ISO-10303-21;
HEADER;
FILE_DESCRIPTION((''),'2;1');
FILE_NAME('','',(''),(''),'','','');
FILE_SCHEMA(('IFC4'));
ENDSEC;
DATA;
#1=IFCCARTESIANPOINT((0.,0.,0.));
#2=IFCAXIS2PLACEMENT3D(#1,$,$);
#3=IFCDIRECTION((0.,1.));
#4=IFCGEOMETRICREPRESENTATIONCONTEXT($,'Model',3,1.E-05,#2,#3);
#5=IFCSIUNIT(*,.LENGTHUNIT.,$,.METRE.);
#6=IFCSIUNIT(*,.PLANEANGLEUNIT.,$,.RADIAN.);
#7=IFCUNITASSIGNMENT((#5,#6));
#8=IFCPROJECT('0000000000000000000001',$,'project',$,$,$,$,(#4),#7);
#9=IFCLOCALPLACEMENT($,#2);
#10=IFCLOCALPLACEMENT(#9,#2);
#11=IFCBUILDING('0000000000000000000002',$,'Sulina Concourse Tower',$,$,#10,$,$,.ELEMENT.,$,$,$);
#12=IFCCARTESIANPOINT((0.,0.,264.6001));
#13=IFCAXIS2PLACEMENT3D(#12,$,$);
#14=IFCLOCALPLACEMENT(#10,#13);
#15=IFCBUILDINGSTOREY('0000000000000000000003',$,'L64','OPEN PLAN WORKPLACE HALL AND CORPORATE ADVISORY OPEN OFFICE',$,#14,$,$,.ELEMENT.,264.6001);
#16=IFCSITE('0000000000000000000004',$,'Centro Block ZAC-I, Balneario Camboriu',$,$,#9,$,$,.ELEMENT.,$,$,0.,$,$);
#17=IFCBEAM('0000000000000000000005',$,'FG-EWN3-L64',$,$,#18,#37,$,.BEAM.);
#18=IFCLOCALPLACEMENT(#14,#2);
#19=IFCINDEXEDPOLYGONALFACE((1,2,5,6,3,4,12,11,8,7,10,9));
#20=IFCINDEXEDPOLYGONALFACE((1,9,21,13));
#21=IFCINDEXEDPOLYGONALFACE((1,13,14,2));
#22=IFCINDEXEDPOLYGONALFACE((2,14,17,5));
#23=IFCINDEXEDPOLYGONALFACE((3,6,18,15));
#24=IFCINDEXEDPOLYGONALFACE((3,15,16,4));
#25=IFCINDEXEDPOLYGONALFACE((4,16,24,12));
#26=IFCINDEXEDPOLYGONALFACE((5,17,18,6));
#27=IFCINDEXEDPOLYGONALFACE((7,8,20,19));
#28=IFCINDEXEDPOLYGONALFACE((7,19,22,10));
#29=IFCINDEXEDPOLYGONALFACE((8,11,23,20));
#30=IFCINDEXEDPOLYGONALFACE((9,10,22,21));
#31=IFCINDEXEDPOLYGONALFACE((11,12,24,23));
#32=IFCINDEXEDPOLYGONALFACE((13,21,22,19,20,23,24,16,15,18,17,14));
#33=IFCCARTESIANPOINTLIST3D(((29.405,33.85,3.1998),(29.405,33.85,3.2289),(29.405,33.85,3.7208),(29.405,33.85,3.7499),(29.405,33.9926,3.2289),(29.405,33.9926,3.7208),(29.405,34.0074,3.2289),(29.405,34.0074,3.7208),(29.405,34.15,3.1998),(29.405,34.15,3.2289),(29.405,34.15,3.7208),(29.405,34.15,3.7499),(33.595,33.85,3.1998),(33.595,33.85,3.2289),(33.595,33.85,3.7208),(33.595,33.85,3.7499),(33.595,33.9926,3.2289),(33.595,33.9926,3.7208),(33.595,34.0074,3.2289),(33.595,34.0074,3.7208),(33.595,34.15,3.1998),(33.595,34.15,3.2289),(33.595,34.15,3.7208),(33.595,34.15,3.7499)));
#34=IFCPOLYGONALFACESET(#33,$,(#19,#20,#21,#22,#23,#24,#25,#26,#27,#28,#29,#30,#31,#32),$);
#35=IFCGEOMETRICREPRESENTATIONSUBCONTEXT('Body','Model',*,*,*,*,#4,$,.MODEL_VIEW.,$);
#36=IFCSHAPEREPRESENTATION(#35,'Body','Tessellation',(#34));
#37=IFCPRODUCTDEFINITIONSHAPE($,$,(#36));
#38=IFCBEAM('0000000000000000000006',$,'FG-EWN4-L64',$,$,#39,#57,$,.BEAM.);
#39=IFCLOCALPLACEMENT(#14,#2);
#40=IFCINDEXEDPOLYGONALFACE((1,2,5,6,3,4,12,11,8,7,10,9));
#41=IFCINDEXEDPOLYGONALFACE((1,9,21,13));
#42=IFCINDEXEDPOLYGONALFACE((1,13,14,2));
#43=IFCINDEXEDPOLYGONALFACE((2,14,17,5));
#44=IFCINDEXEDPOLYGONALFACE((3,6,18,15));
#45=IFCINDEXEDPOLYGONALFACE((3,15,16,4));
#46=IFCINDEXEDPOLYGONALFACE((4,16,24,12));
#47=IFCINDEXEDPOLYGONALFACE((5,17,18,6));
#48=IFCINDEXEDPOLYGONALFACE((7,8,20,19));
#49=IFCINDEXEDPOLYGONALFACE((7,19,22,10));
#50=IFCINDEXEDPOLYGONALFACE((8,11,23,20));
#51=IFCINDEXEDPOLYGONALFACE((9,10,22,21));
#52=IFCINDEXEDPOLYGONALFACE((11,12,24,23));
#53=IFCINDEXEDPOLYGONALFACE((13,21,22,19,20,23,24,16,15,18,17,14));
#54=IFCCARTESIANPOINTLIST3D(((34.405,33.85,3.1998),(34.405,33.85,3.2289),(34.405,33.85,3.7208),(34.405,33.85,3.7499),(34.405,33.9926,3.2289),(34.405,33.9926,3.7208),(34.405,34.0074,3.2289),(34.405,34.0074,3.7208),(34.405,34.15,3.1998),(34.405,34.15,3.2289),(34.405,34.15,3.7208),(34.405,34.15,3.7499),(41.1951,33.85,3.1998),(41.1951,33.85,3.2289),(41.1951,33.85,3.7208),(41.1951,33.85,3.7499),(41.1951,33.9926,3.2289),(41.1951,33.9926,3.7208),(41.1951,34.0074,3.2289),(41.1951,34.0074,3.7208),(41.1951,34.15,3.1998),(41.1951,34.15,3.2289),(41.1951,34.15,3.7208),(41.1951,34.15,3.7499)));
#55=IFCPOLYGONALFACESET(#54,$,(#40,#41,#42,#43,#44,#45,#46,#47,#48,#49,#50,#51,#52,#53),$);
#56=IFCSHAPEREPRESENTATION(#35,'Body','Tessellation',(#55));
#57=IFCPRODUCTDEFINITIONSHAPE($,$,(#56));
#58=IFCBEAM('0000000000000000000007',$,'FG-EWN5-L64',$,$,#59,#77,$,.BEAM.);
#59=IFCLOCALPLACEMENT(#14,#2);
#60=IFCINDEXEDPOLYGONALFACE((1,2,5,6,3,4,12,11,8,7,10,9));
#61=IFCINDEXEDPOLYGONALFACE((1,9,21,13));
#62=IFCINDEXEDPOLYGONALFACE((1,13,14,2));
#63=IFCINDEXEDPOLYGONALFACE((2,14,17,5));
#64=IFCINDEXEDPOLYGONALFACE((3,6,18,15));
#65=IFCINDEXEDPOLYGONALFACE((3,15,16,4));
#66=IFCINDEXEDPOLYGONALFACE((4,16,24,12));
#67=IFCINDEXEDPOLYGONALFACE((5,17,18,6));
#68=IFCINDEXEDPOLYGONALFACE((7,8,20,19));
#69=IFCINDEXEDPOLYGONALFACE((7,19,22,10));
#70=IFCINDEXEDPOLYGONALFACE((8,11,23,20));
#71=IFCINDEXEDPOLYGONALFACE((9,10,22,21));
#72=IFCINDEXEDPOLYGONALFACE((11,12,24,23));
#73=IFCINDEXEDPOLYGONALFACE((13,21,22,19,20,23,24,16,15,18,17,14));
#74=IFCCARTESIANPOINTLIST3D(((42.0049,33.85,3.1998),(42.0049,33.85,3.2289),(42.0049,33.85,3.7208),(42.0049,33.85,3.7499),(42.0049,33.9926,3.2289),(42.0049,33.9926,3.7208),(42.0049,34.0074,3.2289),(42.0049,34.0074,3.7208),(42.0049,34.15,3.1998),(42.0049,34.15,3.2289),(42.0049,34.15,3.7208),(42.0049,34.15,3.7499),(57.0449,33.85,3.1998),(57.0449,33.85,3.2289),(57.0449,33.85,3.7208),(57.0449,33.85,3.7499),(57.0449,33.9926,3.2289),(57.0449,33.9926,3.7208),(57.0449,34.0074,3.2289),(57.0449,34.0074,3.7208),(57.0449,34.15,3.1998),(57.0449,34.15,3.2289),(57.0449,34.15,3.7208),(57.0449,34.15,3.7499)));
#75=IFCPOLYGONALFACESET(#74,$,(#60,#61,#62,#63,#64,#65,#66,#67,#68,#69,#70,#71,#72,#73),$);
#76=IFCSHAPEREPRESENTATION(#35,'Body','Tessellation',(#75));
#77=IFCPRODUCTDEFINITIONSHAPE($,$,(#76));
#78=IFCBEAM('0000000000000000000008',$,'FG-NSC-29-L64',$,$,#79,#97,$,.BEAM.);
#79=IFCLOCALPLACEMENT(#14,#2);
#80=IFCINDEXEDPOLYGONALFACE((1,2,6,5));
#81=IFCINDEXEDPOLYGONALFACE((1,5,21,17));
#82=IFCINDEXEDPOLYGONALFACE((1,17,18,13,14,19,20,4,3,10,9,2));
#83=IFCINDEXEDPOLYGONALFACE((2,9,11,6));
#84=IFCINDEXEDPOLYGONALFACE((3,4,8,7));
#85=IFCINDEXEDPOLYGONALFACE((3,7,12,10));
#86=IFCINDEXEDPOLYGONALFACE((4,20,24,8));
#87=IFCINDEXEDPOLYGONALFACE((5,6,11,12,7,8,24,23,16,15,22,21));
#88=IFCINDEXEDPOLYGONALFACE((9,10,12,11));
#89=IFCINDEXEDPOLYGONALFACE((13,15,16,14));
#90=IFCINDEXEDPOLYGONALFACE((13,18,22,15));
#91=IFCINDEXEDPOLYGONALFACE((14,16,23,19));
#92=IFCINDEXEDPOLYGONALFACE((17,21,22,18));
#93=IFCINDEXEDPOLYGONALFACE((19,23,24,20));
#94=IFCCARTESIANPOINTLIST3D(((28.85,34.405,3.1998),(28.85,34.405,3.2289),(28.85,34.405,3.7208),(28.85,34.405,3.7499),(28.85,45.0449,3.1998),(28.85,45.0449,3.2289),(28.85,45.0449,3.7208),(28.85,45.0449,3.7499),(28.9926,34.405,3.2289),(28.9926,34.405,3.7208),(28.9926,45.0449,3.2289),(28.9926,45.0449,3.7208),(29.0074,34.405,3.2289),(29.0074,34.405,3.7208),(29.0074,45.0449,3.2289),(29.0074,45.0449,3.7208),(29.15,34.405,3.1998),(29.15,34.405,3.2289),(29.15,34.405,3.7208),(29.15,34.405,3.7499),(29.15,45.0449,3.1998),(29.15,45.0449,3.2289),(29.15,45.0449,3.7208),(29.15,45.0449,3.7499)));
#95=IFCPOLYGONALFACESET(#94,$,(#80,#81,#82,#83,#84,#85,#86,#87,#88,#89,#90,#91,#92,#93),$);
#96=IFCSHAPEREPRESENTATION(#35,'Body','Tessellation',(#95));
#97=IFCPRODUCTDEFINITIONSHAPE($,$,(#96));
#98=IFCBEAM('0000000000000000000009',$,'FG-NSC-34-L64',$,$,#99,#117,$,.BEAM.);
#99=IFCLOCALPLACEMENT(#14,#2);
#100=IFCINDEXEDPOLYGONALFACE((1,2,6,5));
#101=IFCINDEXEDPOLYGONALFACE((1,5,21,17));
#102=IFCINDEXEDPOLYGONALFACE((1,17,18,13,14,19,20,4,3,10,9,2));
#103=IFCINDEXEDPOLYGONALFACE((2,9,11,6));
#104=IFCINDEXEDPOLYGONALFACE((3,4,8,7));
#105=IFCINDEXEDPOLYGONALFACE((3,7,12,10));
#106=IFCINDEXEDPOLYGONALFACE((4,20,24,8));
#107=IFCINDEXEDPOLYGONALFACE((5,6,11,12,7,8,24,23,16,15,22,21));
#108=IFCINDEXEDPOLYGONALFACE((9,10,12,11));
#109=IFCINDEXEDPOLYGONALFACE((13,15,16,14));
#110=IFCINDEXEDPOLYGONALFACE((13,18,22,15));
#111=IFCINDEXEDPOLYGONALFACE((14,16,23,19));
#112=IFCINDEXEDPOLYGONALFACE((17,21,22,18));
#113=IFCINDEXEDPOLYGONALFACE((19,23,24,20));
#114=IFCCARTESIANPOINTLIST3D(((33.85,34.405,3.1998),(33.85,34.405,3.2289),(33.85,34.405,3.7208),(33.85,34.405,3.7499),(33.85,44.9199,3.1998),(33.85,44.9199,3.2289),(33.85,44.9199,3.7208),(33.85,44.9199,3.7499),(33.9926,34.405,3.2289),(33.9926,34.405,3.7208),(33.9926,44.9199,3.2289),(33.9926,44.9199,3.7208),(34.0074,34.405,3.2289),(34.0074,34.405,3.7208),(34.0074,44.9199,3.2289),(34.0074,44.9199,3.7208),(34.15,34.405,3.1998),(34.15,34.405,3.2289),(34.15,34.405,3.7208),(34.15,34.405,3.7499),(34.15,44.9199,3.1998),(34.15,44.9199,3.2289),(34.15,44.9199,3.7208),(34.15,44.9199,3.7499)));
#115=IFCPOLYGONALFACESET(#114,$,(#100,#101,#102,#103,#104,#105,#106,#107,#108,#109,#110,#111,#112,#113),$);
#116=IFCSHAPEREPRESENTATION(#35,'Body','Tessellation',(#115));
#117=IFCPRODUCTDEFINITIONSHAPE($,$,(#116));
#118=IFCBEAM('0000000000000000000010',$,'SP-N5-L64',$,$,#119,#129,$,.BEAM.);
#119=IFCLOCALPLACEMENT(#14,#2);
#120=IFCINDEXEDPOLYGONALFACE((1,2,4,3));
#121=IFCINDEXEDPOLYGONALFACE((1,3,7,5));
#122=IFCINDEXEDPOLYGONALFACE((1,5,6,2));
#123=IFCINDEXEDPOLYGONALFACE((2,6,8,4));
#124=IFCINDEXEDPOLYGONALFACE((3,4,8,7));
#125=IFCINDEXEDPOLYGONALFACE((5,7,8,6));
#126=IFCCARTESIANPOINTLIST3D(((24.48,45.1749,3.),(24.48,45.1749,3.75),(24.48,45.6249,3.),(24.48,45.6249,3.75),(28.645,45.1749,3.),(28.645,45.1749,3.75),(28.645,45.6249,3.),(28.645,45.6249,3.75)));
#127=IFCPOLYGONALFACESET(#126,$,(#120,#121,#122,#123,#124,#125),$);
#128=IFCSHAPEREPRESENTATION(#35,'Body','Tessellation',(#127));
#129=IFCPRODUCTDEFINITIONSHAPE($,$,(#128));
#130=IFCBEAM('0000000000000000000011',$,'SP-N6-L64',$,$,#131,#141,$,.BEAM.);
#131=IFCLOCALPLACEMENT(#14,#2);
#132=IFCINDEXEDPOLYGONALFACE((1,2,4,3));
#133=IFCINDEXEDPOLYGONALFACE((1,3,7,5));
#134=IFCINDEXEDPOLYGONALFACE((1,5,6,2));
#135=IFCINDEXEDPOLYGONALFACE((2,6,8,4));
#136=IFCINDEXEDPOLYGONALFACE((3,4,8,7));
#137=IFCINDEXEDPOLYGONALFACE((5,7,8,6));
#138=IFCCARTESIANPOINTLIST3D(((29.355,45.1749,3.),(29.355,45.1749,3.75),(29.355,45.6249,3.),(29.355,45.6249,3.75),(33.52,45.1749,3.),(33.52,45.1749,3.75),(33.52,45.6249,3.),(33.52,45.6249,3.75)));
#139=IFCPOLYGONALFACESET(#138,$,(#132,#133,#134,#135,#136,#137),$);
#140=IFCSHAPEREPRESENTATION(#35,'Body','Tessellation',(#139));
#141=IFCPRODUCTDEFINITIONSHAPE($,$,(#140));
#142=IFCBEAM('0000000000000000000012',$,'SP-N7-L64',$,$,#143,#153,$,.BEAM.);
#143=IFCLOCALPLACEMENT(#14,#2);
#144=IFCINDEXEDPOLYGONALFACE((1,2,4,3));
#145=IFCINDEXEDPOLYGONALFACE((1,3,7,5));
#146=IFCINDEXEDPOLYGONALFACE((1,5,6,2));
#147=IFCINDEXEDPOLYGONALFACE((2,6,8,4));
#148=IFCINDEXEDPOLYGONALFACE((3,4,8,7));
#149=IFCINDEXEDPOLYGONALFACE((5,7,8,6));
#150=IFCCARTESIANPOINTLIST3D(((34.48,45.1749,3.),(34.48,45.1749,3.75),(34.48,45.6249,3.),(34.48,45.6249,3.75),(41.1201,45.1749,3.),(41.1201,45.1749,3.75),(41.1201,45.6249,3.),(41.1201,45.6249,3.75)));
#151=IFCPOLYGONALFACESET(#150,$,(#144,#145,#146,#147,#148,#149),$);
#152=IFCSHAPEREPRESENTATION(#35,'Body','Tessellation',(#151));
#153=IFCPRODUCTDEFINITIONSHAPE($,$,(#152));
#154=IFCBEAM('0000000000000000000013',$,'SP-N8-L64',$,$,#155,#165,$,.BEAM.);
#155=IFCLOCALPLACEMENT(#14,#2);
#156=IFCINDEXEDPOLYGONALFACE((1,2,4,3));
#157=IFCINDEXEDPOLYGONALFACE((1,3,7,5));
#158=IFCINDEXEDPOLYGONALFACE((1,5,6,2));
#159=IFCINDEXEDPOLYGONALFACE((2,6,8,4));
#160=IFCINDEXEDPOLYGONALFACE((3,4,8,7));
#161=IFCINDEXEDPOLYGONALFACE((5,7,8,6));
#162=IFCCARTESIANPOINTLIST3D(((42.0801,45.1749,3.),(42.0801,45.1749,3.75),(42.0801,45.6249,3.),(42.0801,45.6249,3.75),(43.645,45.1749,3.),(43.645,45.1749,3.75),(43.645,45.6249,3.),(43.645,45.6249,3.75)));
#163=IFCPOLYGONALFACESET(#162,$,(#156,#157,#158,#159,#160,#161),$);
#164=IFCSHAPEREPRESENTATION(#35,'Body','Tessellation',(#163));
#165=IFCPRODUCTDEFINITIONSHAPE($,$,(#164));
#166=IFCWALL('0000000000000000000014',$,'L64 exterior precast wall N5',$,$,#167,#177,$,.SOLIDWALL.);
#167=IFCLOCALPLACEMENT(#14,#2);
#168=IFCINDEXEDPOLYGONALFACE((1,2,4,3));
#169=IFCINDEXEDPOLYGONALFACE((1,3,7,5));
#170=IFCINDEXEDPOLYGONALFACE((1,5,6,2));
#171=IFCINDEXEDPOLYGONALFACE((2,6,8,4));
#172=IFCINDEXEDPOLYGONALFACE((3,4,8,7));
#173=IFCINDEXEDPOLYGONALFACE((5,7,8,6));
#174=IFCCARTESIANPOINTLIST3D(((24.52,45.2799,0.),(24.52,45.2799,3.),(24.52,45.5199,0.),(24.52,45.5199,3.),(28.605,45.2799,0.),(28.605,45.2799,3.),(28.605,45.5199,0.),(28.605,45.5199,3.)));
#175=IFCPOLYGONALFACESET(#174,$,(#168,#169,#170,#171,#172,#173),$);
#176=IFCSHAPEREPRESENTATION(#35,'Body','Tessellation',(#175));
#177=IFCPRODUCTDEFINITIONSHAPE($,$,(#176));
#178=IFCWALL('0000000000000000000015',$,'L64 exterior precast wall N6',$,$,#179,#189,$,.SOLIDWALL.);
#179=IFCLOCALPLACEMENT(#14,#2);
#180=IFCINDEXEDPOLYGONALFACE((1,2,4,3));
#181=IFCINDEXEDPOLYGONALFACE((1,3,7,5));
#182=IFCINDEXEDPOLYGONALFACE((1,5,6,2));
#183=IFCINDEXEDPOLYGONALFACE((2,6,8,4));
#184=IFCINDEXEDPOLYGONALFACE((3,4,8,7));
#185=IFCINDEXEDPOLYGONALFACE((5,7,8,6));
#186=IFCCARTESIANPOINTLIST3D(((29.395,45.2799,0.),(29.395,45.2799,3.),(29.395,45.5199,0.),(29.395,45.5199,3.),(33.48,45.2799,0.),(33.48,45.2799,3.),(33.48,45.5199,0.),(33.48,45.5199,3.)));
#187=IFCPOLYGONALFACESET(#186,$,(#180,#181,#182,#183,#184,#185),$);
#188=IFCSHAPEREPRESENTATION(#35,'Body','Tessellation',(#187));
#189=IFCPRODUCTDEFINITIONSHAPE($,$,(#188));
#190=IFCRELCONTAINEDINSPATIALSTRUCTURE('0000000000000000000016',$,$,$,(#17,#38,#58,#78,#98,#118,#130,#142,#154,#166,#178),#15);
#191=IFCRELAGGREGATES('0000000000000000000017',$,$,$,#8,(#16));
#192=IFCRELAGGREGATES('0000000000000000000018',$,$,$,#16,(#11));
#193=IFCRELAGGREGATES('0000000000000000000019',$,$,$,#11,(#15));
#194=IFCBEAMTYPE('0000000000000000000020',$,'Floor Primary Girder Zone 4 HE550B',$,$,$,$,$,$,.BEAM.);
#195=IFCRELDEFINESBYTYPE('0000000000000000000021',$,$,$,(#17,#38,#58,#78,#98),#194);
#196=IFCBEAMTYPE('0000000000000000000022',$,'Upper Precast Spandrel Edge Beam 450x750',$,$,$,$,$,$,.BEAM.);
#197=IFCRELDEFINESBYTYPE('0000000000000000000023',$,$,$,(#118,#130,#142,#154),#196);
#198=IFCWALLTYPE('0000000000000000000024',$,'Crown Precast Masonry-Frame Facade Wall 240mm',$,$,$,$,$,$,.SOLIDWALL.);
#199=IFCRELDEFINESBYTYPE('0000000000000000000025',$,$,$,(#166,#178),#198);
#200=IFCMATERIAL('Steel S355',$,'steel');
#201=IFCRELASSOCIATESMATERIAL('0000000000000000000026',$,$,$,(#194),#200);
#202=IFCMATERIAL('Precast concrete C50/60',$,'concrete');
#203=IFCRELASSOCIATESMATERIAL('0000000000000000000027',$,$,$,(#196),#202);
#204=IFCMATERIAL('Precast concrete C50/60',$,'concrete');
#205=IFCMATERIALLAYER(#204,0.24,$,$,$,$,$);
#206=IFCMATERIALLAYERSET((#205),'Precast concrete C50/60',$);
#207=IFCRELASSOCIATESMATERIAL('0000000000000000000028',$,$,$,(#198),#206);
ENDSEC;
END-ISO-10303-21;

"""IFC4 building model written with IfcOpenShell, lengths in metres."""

from ifc_helpers import new_model, si_unit, direction, frame, frame_2d, origin, origin_2d, place, context, subcontext, project, spatial, rectangle, i_section, extrude, material, layer, layer_set, material_profile, profile_set, type_object, element, save


model = new_model("IFC4")

# Units and contexts
model_context = context("Model", 3, precision=1e-05, world=origin(), true_north=direction((0.0, 1.0)))
body_context = subcontext(model_context, "Body", "Model", "MODEL_VIEW")
ifc_project = project(units=[si_unit("LENGTHUNIT", "METRE"), si_unit("PLANEANGLEUNIT", "RADIAN")], contexts=[model_context])

# Site, building, storey
site_placement = place(None, origin())
site = spatial("IfcSite", under=ifc_project, at=site_placement, Name="Centro Block ZAC-I, Balneario Camboriu", CompositionType="ELEMENT", RefElevation=0.0)
building_placement = place(site_placement, origin())
building = spatial("IfcBuilding", under=site, at=building_placement, Name="Sulina Concourse Tower", CompositionType="ELEMENT")
storey_placement = place(building_placement, frame((0.0, 0.0, 264.6001)))
storey = spatial("IfcBuildingStorey", under=building, at=storey_placement, Name="L64", Description="OPEN PLAN WORKPLACE HALL AND CORPORATE ADVISORY OPEN OFFICE", CompositionType="ELEMENT", Elevation=264.6001)

# Beams
ifc_material_1 = material(Name="Steel S355", Category="steel")
ifc_material_profile_1 = material_profile(ifc_material_1, i_section(OverallWidth=0.3, OverallDepth=0.55, WebThickness=0.0149, FlangeThickness=0.0291, at=origin_2d()), Name="HE 550 B")
ifc_profile_set_1 = profile_set([ifc_material_profile_1], Name="Steel S355")
beam_type_1 = type_object("IfcBeamType", Name="Floor Primary Girder Zone 4 HE550B", PredefinedType="BEAM", material=ifc_profile_set_1)
beam_1_placement = place(storey_placement, frame((29.405, 34.0, 3.4749), z_axis=(1.0, 0.0, 0.0), x_axis=(0.0, 1.0, 0.0)))
element("IfcBeam", 1, at=beam_1_placement, inside=storey, type_object=beam_type_1, Name="FG-EWN3-L64", PredefinedType="BEAM", context=body_context, shape_type="SweptSolid", body=[
    extrude(i_section(OverallWidth=0.3, OverallDepth=0.55, WebThickness=0.0149, FlangeThickness=0.0291, at=origin_2d()), origin(), (0.0, 0.0, 1.0), 4.1899),
])
beam_2_placement = place(storey_placement, frame((34.405, 34.0, 3.4749), z_axis=(1.0, 0.0, 0.0), x_axis=(0.0, 1.0, 0.0)))
element("IfcBeam", 2, at=beam_2_placement, inside=storey, type_object=beam_type_1, Name="FG-EWN4-L64", PredefinedType="BEAM", context=body_context, shape_type="SweptSolid", body=[
    extrude(i_section(OverallWidth=0.3, OverallDepth=0.55, WebThickness=0.0149, FlangeThickness=0.0291, at=origin_2d()), origin(), (0.0, 0.0, 1.0), 6.79),
])
beam_3_placement = place(storey_placement, frame((42.0049, 34.0, 3.4749), z_axis=(1.0, 0.0, 0.0), x_axis=(0.0, 1.0, 0.0)))
element("IfcBeam", 3, at=beam_3_placement, inside=storey, type_object=beam_type_1, Name="FG-EWN5-L64", PredefinedType="BEAM", context=body_context, shape_type="SweptSolid", body=[
    extrude(i_section(OverallWidth=0.3, OverallDepth=0.55, WebThickness=0.0149, FlangeThickness=0.0291, at=origin_2d()), origin(), (0.0, 0.0, 1.0), 15.04),
])
beam_4_placement = place(storey_placement, frame((29.0, 34.405, 3.4749), z_axis=(0.0, 1.0, 0.0), x_axis=(-1.0, 0.0, 0.0)))
element("IfcBeam", 4, at=beam_4_placement, inside=storey, type_object=beam_type_1, Name="FG-NSC-29-L64", PredefinedType="BEAM", context=body_context, shape_type="SweptSolid", body=[
    extrude(i_section(OverallWidth=0.3, OverallDepth=0.55, WebThickness=0.0149, FlangeThickness=0.0291, at=origin_2d()), origin(), (0.0, 0.0, 1.0), 10.6399),
])
beam_5_placement = place(storey_placement, frame((34.0, 34.405, 3.4749), z_axis=(0.0, 1.0, 0.0), x_axis=(-1.0, 0.0, 0.0)))
element("IfcBeam", 5, at=beam_5_placement, inside=storey, type_object=beam_type_1, Name="FG-NSC-34-L64", PredefinedType="BEAM", context=body_context, shape_type="SweptSolid", body=[
    extrude(i_section(OverallWidth=0.3, OverallDepth=0.55, WebThickness=0.0149, FlangeThickness=0.0291, at=origin_2d()), origin(), (0.0, 0.0, 1.0), 10.5149),
])
ifc_material_2 = material(Name="Precast concrete C50/60", Category="concrete")
ifc_material_profile_2 = material_profile(ifc_material_2, rectangle(XDim=0.45, YDim=0.75, at=origin_2d()), Name="RC 450x750")
ifc_profile_set_2 = profile_set([ifc_material_profile_2], Name="Precast concrete C50/60")
beam_type_2 = type_object("IfcBeamType", Name="Upper Precast Spandrel Edge Beam 450x750", PredefinedType="BEAM", material=ifc_profile_set_2)
for number, where, z_axis, x_axis, name in (
    (6, (24.48, 45.3999, 3.375), (1.0, 0.0, 0.0), (0.0, 1.0, 0.0), "SP-N5-L64"),
    (7, (29.355, 45.3999, 3.375), (1.0, 0.0, 0.0), (0.0, 1.0, 0.0), "SP-N6-L64"),
):
    element("IfcBeam", number, at=place(storey_placement, frame(where, z_axis=z_axis, x_axis=x_axis)), inside=storey, type_object=beam_type_2, Name=name, PredefinedType="BEAM", context=body_context, shape_type="SweptSolid", body=[
        extrude(rectangle(XDim=0.45, YDim=0.75, at=origin_2d()), origin(), (0.0, 0.0, 1.0), 4.165),
    ])
beam_6_placement = place(storey_placement, frame((34.48, 45.3999, 3.375), z_axis=(1.0, 0.0, 0.0), x_axis=(0.0, 1.0, 0.0)))
element("IfcBeam", 8, at=beam_6_placement, inside=storey, type_object=beam_type_2, Name="SP-N7-L64", PredefinedType="BEAM", context=body_context, shape_type="SweptSolid", body=[
    extrude(rectangle(XDim=0.45, YDim=0.75, at=origin_2d()), origin(), (0.0, 0.0, 1.0), 6.6401),
])
beam_7_placement = place(storey_placement, frame((42.0801, 45.3999, 3.375), z_axis=(1.0, 0.0, 0.0), x_axis=(0.0, 1.0, 0.0)))
element("IfcBeam", 9, at=beam_7_placement, inside=storey, type_object=beam_type_2, Name="SP-N8-L64", PredefinedType="BEAM", context=body_context, shape_type="SweptSolid", body=[
    extrude(rectangle(XDim=0.45, YDim=0.75, at=origin_2d()), origin(), (0.0, 0.0, 1.0), 1.5649),
])

# Walls
ifc_material_3 = material(Name="Precast concrete C50/60", Category="concrete")
ifc_layer_1 = layer(ifc_material_3, 0.24)
ifc_layer_set_1 = layer_set([ifc_layer_1], Name="Precast concrete C50/60")
wall_type_1 = type_object("IfcWallType", Name="Crown Precast Masonry-Frame Facade Wall 240mm", PredefinedType="SOLIDWALL", material=ifc_layer_set_1)
for number, where, z_axis, x_axis, name in (
    (10, (24.52, 45.3999, 0.0), (0.0, 0.0, 1.0), (1.0, 0.0, 0.0), "L64 exterior precast wall N5"),
    (11, (29.395, 45.3999, 0.0), (0.0, 0.0, 1.0), (1.0, 0.0, 0.0), "L64 exterior precast wall N6"),
):
    element("IfcWall", number, at=place(storey_placement, frame(where, z_axis=z_axis, x_axis=x_axis)), inside=storey, type_object=wall_type_1, Name=name, PredefinedType="SOLIDWALL", context=body_context, shape_type="SweptSolid", body=[
        extrude(rectangle(XDim=4.085, YDim=0.24, at=frame_2d((2.0425, 0.0))), origin(), (0.0, 0.0, 1.0), 3.0),
    ])

save(model, "model.ifc")
